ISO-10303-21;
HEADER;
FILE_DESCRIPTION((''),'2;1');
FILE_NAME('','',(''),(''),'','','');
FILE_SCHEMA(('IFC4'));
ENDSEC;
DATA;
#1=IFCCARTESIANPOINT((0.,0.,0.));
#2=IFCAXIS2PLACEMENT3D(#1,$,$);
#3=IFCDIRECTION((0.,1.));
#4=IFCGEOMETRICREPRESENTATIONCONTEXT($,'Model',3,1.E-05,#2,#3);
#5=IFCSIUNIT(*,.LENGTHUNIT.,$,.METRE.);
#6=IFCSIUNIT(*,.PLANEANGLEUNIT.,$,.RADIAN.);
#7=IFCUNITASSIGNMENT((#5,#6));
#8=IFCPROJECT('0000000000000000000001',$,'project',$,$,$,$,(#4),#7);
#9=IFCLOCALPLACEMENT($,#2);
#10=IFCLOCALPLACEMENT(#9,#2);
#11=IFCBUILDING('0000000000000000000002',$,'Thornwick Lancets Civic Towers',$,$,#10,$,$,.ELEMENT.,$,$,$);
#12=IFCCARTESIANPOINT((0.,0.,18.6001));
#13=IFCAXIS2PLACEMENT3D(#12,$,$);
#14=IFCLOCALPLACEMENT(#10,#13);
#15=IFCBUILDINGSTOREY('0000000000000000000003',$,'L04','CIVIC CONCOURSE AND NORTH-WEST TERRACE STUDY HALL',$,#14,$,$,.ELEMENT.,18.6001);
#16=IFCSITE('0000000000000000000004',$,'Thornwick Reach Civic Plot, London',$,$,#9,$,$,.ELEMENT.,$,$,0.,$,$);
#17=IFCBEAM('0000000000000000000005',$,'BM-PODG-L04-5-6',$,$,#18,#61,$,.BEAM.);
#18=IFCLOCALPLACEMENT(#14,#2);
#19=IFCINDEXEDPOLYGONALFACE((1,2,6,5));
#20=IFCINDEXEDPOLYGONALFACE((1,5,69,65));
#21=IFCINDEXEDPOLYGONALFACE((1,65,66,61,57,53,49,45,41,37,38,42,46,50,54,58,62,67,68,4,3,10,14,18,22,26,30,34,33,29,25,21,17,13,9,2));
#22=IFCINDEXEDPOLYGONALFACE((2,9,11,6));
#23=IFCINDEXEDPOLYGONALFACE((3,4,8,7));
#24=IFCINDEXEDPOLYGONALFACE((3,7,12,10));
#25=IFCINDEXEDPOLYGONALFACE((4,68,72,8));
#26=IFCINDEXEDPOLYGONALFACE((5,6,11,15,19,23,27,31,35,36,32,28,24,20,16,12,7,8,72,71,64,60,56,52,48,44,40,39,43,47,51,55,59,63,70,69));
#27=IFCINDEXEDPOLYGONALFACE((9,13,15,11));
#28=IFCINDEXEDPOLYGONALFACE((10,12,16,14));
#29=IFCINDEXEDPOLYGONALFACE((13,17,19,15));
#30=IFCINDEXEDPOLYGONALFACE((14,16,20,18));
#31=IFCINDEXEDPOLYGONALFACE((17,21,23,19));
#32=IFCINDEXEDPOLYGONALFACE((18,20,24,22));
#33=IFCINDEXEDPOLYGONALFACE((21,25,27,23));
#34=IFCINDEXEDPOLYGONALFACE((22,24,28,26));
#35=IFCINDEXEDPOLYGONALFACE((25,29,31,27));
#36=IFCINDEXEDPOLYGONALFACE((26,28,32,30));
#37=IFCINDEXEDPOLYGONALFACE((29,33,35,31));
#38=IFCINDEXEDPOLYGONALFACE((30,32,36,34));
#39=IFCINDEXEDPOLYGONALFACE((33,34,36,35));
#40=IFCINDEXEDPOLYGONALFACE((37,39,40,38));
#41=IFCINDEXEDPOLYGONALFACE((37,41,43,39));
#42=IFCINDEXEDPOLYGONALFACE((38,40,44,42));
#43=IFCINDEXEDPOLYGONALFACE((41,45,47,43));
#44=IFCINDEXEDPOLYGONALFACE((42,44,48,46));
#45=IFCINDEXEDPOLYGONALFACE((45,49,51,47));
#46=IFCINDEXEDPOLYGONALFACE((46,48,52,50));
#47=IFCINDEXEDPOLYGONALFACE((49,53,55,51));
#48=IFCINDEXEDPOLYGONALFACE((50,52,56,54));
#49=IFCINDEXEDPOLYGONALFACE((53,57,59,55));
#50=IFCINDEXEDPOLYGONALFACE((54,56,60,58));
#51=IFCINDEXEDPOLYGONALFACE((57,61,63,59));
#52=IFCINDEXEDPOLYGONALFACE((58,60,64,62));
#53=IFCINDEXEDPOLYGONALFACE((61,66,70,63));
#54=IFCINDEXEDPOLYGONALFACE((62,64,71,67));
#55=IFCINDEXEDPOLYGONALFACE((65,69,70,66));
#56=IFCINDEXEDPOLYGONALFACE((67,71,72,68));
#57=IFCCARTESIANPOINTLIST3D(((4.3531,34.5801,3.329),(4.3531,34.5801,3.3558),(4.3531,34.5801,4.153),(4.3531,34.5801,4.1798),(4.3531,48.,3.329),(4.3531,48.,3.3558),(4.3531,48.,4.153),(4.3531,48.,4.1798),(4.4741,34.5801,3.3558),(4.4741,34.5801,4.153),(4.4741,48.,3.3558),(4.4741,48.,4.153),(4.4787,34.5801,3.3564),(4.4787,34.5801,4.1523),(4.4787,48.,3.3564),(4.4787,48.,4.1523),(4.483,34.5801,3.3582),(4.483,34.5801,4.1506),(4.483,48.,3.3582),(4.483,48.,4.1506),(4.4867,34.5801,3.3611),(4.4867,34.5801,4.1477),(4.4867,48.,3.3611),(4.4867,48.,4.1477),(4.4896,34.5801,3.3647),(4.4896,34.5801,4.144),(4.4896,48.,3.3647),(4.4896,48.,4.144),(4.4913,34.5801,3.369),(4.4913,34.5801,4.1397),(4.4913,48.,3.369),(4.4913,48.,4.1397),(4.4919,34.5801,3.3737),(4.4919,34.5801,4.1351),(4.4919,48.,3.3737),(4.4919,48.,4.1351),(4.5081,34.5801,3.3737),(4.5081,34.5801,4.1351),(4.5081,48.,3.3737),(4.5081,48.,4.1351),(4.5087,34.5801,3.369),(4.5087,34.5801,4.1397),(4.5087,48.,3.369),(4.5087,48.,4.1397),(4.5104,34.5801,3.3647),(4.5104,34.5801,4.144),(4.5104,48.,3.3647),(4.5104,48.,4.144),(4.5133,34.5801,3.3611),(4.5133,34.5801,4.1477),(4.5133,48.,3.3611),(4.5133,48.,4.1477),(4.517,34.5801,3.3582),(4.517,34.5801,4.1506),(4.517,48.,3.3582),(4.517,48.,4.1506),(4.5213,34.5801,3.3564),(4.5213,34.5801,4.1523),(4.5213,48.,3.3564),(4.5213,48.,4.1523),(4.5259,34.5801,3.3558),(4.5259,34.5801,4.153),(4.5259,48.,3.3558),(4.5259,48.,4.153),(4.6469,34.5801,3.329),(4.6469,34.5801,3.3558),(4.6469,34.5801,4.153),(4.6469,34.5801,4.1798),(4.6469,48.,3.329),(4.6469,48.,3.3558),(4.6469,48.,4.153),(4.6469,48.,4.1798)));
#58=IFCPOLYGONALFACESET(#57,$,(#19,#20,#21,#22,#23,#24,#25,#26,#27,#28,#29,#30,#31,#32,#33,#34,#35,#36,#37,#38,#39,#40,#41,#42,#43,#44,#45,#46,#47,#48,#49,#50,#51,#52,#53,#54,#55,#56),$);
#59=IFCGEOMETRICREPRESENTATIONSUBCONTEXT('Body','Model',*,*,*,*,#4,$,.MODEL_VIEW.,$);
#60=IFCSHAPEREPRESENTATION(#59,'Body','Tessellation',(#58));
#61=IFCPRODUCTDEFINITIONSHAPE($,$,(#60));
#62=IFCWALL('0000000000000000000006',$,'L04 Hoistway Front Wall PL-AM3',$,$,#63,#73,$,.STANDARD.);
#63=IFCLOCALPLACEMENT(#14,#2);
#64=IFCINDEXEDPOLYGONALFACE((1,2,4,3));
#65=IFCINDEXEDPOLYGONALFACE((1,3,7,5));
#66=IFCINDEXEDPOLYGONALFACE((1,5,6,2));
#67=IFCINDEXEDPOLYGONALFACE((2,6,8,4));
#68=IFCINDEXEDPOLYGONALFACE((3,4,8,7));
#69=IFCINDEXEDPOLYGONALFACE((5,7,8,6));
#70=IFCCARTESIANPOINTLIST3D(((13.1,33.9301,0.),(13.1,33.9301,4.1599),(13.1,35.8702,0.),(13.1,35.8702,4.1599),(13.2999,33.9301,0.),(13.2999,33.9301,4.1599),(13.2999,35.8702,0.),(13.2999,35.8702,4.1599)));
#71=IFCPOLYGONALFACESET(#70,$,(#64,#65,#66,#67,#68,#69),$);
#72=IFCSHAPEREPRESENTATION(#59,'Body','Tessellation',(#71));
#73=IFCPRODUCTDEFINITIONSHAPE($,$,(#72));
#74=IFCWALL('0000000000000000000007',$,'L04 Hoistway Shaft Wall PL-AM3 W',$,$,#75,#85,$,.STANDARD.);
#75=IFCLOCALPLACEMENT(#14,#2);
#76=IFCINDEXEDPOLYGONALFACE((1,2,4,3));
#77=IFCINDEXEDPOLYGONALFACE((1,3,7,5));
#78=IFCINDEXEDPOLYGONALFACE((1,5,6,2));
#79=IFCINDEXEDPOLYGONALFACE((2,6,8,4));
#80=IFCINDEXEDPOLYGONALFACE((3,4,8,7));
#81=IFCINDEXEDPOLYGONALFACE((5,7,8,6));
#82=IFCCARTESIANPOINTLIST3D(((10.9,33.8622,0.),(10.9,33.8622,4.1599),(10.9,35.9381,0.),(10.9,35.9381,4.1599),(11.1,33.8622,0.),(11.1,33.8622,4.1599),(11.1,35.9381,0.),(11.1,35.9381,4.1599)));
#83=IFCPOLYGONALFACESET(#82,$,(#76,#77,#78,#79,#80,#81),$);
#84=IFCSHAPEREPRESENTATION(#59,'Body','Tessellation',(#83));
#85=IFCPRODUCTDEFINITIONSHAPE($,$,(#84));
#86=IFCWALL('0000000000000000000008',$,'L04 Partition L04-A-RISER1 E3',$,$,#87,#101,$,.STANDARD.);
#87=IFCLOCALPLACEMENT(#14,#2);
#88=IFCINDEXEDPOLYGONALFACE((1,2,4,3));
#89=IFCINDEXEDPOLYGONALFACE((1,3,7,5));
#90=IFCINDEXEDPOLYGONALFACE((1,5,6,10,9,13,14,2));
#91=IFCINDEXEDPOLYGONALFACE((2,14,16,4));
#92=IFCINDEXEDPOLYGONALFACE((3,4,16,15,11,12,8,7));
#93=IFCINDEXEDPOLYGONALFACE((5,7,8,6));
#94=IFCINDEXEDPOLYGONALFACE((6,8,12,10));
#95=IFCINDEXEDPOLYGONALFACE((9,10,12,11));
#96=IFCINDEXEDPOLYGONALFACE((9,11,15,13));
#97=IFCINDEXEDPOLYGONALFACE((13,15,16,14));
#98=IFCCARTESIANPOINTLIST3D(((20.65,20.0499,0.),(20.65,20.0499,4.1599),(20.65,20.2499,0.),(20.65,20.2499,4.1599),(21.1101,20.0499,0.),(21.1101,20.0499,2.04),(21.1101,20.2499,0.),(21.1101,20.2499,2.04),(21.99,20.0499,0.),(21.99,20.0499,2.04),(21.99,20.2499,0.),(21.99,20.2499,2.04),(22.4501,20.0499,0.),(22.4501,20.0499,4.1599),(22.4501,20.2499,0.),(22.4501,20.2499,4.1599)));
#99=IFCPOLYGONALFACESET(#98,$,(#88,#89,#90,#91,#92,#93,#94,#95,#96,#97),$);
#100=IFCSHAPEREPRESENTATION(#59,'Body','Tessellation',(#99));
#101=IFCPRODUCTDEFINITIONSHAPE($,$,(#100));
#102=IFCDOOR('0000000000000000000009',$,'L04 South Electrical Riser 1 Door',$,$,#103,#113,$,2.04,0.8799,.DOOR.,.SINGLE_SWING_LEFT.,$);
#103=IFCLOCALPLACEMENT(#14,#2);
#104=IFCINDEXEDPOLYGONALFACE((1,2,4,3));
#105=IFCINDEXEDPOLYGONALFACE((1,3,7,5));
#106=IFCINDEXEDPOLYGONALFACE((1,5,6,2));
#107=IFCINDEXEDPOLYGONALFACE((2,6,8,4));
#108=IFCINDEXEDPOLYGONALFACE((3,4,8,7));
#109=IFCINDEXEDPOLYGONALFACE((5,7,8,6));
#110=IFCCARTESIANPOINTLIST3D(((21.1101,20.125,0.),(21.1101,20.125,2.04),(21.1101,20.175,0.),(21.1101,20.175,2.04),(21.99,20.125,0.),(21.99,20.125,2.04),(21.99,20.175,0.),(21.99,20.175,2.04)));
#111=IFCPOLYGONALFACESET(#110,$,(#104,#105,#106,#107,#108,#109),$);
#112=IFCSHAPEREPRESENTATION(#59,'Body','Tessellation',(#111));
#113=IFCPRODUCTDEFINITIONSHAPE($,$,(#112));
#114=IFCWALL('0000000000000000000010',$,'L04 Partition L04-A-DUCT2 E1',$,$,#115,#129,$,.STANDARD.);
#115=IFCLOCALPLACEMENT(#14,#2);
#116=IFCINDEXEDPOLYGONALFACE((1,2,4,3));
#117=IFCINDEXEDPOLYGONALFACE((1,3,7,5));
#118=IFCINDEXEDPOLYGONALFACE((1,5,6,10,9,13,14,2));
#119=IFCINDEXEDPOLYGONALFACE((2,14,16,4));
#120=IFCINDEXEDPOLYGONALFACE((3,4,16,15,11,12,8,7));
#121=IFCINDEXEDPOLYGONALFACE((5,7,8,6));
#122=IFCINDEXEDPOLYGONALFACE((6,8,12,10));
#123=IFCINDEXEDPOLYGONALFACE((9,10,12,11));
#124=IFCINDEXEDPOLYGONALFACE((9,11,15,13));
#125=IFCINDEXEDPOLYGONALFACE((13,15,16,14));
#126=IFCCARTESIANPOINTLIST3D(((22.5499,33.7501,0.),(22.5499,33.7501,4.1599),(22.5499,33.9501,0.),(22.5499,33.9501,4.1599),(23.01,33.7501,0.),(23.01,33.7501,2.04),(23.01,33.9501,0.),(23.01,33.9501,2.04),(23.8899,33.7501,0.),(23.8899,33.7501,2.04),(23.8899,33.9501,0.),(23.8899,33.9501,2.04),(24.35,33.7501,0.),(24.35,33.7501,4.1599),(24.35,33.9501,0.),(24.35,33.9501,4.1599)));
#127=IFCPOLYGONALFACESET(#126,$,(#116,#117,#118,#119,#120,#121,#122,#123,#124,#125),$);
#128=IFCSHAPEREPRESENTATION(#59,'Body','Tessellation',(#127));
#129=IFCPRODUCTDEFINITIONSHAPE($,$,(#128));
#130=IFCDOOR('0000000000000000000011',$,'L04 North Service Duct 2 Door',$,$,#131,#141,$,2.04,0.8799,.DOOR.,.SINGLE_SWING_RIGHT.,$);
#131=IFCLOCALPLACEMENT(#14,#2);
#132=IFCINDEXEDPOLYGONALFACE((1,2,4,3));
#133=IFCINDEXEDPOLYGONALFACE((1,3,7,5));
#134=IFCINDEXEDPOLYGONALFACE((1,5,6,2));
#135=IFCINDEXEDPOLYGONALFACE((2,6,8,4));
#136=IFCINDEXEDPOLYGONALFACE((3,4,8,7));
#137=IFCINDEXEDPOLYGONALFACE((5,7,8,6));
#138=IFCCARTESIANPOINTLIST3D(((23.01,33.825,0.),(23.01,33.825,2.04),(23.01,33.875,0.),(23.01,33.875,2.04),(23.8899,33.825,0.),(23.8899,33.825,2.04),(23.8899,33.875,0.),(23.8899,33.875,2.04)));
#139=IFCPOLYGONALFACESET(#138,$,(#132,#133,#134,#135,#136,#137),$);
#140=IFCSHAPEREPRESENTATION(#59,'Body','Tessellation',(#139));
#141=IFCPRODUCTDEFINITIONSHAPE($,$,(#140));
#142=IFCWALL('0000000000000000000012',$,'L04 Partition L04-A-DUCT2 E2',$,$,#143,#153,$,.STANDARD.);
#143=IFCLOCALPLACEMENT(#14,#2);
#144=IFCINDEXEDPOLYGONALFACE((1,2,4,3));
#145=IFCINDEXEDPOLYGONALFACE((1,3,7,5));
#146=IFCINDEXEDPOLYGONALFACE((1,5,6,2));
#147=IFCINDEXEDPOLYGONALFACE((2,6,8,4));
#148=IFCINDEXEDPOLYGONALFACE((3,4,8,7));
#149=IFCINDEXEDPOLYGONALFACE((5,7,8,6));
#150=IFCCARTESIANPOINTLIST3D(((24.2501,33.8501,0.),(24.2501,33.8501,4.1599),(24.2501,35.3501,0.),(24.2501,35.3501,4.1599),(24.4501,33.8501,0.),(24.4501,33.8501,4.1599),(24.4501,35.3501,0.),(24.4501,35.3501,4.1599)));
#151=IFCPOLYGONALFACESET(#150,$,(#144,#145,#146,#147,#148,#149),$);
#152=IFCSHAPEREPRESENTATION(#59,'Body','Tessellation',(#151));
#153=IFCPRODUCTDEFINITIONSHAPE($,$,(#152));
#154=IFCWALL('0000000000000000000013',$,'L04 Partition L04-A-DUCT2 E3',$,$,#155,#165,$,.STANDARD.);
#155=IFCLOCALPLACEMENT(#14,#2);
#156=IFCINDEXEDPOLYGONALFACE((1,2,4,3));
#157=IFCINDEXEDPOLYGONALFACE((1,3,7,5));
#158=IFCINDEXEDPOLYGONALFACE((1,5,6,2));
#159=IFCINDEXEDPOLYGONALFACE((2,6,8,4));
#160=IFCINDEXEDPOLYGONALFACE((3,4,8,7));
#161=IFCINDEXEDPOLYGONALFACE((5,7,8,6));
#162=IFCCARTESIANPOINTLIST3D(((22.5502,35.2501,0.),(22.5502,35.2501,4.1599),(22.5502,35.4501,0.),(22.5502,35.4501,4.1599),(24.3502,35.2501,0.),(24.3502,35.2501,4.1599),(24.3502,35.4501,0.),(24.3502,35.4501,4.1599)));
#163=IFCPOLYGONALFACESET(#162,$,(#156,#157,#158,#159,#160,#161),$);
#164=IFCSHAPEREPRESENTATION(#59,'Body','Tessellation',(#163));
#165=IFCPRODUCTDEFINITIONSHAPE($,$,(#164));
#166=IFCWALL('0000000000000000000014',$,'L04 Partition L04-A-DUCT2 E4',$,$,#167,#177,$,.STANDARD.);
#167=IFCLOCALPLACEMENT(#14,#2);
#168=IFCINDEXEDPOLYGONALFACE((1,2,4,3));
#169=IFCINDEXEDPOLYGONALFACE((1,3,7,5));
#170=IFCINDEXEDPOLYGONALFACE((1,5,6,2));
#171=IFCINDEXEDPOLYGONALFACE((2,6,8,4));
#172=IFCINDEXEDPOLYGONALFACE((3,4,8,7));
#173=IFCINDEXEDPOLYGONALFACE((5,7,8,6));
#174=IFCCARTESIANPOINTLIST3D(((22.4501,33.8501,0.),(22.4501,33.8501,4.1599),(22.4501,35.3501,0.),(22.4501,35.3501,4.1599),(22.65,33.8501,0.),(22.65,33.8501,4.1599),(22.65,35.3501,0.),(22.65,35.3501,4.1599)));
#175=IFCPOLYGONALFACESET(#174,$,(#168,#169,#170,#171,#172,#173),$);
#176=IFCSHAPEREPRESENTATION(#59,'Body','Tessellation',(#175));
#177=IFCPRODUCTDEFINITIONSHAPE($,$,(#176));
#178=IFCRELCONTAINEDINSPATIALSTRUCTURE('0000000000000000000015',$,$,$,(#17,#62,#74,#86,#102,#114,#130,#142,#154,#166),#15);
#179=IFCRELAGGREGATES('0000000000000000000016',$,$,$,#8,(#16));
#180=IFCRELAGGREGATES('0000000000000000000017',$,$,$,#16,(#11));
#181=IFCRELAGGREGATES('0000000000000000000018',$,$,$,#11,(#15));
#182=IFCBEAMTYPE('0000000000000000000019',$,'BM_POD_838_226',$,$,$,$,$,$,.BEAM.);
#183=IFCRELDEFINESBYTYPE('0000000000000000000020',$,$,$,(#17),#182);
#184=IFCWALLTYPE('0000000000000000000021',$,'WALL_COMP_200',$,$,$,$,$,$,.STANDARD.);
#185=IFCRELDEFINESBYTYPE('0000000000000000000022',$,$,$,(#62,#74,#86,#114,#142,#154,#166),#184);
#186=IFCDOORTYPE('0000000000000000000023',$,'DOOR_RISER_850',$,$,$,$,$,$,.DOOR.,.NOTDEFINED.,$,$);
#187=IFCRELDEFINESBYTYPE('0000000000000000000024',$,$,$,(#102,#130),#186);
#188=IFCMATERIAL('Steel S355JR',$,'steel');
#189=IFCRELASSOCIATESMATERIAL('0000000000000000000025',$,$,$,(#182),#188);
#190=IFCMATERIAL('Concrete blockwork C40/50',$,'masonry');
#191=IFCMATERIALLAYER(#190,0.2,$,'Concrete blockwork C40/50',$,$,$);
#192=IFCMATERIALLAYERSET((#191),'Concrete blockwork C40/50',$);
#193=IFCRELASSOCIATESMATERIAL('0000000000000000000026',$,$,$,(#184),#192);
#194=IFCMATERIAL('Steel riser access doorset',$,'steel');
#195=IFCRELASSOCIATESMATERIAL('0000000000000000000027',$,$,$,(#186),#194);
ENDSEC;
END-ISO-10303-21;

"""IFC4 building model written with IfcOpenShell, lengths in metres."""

from ifc_helpers import new_model, si_unit, direction, frame, frame_2d, origin, origin_2d, place, context, subcontext, project, spatial, rectangle, i_section, extrude, material, layer, layer_set, material_profile, profile_set, type_object, element, fill, save


model = new_model("IFC4")

# Units and contexts
model_context = context("Model", 3, precision=1e-05, world=origin(), true_north=direction((0.0, 1.0)))
body_context = subcontext(model_context, "Body", "Model", "MODEL_VIEW")
ifc_project = project(units=[si_unit("LENGTHUNIT", "METRE"), si_unit("PLANEANGLEUNIT", "RADIAN")], contexts=[model_context])

# Site, building, storey
site_placement = place(None, origin())
site = spatial("IfcSite", under=ifc_project, at=site_placement, Name="Thornwick Reach Civic Plot, London", CompositionType="ELEMENT", RefElevation=0.0)
building_placement = place(site_placement, origin())
building = spatial("IfcBuilding", under=site, at=building_placement, Name="Thornwick Lancets Civic Towers", CompositionType="ELEMENT")
storey_placement = place(building_placement, frame((0.0, 0.0, 18.6001)))
storey = spatial("IfcBuildingStorey", under=building, at=storey_placement, Name="L04", Description="CIVIC CONCOURSE AND NORTH-WEST TERRACE STUDY HALL", CompositionType="ELEMENT", Elevation=18.6001)

# Beam
ifc_material_1 = material(Name="Steel S355JR", Category="steel")
ifc_material_profile_1 = material_profile(ifc_material_1, i_section(OverallWidth=0.2937, OverallDepth=0.8508, WebThickness=0.0161, FlangeThickness=0.0269, FilletRadius=0.0178, at=origin_2d()), Name="UKB 838x292x226")
ifc_profile_set_1 = profile_set([ifc_material_profile_1], Name="Steel S355JR")
beam_type_1 = type_object("IfcBeamType", Name="BM_POD_838_226", PredefinedType="BEAM", material=ifc_profile_set_1)
beam_1_placement = place(storey_placement, frame((4.5, 34.5801, 3.7544), z_axis=(0.0, 1.0, 0.0), x_axis=(-1.0, 0.0, 0.0)))
element("IfcBeam", 1, at=beam_1_placement, inside=storey, type_object=beam_type_1, Name="BM-PODG-L04-5-6", PredefinedType="BEAM", context=body_context, shape_type="SweptSolid", body=[
    extrude(i_section(OverallWidth=0.2937, OverallDepth=0.8508, WebThickness=0.0161, FlangeThickness=0.0269, FilletRadius=0.0178, at=origin_2d()), origin(), (0.0, 0.0, 1.0), 13.4199),
])

# Walls
ifc_material_2 = material(Name="Concrete blockwork C40/50", Category="masonry")
ifc_layer_1 = layer(ifc_material_2, 0.2, Name="Concrete blockwork C40/50")
ifc_layer_set_1 = layer_set([ifc_layer_1], Name="Concrete blockwork C40/50")
wall_type_1 = type_object("IfcWallType", Name="WALL_COMP_200", PredefinedType="STANDARD", material=ifc_layer_set_1)
wall_1_placement = place(storey_placement, frame((13.2, 33.9299, 0.0), z_axis=(0.0, 0.0, 1.0), x_axis=(0.0, 1.0, 0.0)))
element("IfcWall", 2, at=wall_1_placement, inside=storey, type_object=wall_type_1, Name="L04 Hoistway Front Wall PL-AM3", PredefinedType="STANDARD", context=body_context, shape_type="SweptSolid", body=[
    extrude(rectangle(XDim=1.9402, YDim=0.2, at=frame_2d((0.9702, 0.0))), origin(), (0.0, 0.0, 1.0), 4.1599),
])
wall_2_placement = place(storey_placement, frame((11.0, 33.8621, 0.0), z_axis=(0.0, 0.0, 1.0), x_axis=(0.0, 1.0, 0.0)))
element("IfcWall", 3, at=wall_2_placement, inside=storey, type_object=wall_type_1, Name="L04 Hoistway Shaft Wall PL-AM3 W", PredefinedType="STANDARD", context=body_context, shape_type="SweptSolid", body=[
    extrude(rectangle(XDim=2.0759, YDim=0.2, at=frame_2d((1.0381, 0.0))), origin(), (0.0, 0.0, 1.0), 4.1599),
])

# Walls, openings, doors
wall_3_placement = place(storey_placement, frame((22.45, 20.1499, 0.0), z_axis=(0.0, 0.0, 1.0), x_axis=(-1.0, 0.0, 0.0)))
wall_3 = element("IfcWall", 4, at=wall_3_placement, inside=storey, type_object=wall_type_1, Name="L04 Partition L04-A-RISER1 E3", PredefinedType="STANDARD", context=body_context, shape_type="SweptSolid", body=[
    extrude(rectangle(XDim=1.8, YDim=0.2, at=frame_2d((0.8999, 0.0))), origin(), (0.0, 0.0, 1.0), 4.1599),
])
opening_1_placement = place(wall_3_placement, frame((0.46, 0.0, 0.0)))
opening_1 = element("IfcOpeningElement", 5, at=opening_1_placement, cuts=wall_3, PredefinedType="OPENING", context=body_context, shape_type="SweptSolid", body=[
    extrude(rectangle(XDim=0.8799, YDim=2.04, at=frame_2d((0.4399, 1.02))), frame((0.0, 0.1099, 0.0), z_axis=(0.0, -1.0, 0.0), x_axis=(1.0, 0.0, 0.0)), (0.0, 0.0, 1.0), 0.22),
])
ifc_material_3 = material(Name="Steel riser access doorset", Category="steel")
door_type_1 = type_object("IfcDoorType", Name="DOOR_RISER_850", OperationType="NOTDEFINED", PredefinedType="DOOR", material=ifc_material_3)
door_1_placement = place(opening_1_placement, origin())
door_1 = element("IfcDoor", 6, at=door_1_placement, inside=storey, type_object=door_type_1, Name="L04 South Electrical Riser 1 Door", OperationType="SINGLE_SWING_LEFT", OverallHeight=2.04, OverallWidth=0.8799, PredefinedType="DOOR", context=body_context, shape_type="SweptSolid", body=[
    extrude(rectangle(XDim=0.8799, YDim=2.04, at=frame_2d((0.4399, 1.02))), frame((0.0, 0.0249, 0.0), z_axis=(0.0, -1.0, 0.0), x_axis=(1.0, 0.0, 0.0)), (0.0, 0.0, 1.0), 0.05),
])
fill(opening_1, door_1)
wall_4_placement = place(storey_placement, frame((22.55, 33.8501, 0.0), z_axis=(0.0, 0.0, 1.0), x_axis=(1.0, 0.0, 0.0)))
wall_4 = element("IfcWall", 7, at=wall_4_placement, inside=storey, type_object=wall_type_1, Name="L04 Partition L04-A-DUCT2 E1", PredefinedType="STANDARD", context=body_context, shape_type="SweptSolid", body=[
    extrude(rectangle(XDim=1.8, YDim=0.2, at=frame_2d((0.8999, 0.0))), origin(), (0.0, 0.0, 1.0), 4.1599),
])
opening_2_placement = place(wall_4_placement, frame((0.46, 0.0, 0.0)))
opening_2 = element("IfcOpeningElement", 8, at=opening_2_placement, cuts=wall_4, PredefinedType="OPENING", context=body_context, shape_type="SweptSolid", body=[
    extrude(rectangle(XDim=0.8799, YDim=2.04, at=frame_2d((0.4399, 1.02))), frame((0.0, 0.1099, 0.0), z_axis=(0.0, -1.0, 0.0), x_axis=(1.0, 0.0, 0.0)), (0.0, 0.0, 1.0), 0.22),
])
door_2_placement = place(opening_2_placement, origin())
door_2 = element("IfcDoor", 9, at=door_2_placement, inside=storey, type_object=door_type_1, Name="L04 North Service Duct 2 Door", OperationType="SINGLE_SWING_RIGHT", OverallHeight=2.04, OverallWidth=0.8799, PredefinedType="DOOR", context=body_context, shape_type="SweptSolid", body=[
    extrude(rectangle(XDim=0.8799, YDim=2.04, at=frame_2d((0.4399, 1.02))), frame((0.0, 0.0249, 0.0), z_axis=(0.0, -1.0, 0.0), x_axis=(1.0, 0.0, 0.0)), (0.0, 0.0, 1.0), 0.05),
])
fill(opening_2, door_2)

# Walls
wall_5_placement = place(storey_placement, frame((24.3501, 33.8501, 0.0), z_axis=(0.0, 0.0, 1.0), x_axis=(0.0, 1.0, 0.0)))
element("IfcWall", 10, at=wall_5_placement, inside=storey, type_object=wall_type_1, Name="L04 Partition L04-A-DUCT2 E2", PredefinedType="STANDARD", context=body_context, shape_type="SweptSolid", body=[
    extrude(rectangle(XDim=1.5, YDim=0.2, at=frame_2d((0.75, 0.0))), origin(), (0.0, 0.0, 1.0), 4.1599),
])
wall_6_placement = place(storey_placement, frame((24.3501, 35.3501, 0.0), z_axis=(0.0, 0.0, 1.0), x_axis=(-1.0, 0.0, 0.0)))
element("IfcWall", 11, at=wall_6_placement, inside=storey, type_object=wall_type_1, Name="L04 Partition L04-A-DUCT2 E3", PredefinedType="STANDARD", context=body_context, shape_type="SweptSolid", body=[
    extrude(rectangle(XDim=1.8, YDim=0.2, at=frame_2d((0.8999, 0.0))), origin(), (0.0, 0.0, 1.0), 4.1599),
])
wall_7_placement = place(storey_placement, frame((22.55, 35.3501, 0.0), z_axis=(0.0, 0.0, 1.0), x_axis=(0.0, -1.0, 0.0)))
element("IfcWall", 12, at=wall_7_placement, inside=storey, type_object=wall_type_1, Name="L04 Partition L04-A-DUCT2 E4", PredefinedType="STANDARD", context=body_context, shape_type="SweptSolid", body=[
    extrude(rectangle(XDim=1.5, YDim=0.2, at=frame_2d((0.75, 0.0))), origin(), (0.0, 0.0, 1.0), 4.1599),
])

save(model, "model.ifc")
